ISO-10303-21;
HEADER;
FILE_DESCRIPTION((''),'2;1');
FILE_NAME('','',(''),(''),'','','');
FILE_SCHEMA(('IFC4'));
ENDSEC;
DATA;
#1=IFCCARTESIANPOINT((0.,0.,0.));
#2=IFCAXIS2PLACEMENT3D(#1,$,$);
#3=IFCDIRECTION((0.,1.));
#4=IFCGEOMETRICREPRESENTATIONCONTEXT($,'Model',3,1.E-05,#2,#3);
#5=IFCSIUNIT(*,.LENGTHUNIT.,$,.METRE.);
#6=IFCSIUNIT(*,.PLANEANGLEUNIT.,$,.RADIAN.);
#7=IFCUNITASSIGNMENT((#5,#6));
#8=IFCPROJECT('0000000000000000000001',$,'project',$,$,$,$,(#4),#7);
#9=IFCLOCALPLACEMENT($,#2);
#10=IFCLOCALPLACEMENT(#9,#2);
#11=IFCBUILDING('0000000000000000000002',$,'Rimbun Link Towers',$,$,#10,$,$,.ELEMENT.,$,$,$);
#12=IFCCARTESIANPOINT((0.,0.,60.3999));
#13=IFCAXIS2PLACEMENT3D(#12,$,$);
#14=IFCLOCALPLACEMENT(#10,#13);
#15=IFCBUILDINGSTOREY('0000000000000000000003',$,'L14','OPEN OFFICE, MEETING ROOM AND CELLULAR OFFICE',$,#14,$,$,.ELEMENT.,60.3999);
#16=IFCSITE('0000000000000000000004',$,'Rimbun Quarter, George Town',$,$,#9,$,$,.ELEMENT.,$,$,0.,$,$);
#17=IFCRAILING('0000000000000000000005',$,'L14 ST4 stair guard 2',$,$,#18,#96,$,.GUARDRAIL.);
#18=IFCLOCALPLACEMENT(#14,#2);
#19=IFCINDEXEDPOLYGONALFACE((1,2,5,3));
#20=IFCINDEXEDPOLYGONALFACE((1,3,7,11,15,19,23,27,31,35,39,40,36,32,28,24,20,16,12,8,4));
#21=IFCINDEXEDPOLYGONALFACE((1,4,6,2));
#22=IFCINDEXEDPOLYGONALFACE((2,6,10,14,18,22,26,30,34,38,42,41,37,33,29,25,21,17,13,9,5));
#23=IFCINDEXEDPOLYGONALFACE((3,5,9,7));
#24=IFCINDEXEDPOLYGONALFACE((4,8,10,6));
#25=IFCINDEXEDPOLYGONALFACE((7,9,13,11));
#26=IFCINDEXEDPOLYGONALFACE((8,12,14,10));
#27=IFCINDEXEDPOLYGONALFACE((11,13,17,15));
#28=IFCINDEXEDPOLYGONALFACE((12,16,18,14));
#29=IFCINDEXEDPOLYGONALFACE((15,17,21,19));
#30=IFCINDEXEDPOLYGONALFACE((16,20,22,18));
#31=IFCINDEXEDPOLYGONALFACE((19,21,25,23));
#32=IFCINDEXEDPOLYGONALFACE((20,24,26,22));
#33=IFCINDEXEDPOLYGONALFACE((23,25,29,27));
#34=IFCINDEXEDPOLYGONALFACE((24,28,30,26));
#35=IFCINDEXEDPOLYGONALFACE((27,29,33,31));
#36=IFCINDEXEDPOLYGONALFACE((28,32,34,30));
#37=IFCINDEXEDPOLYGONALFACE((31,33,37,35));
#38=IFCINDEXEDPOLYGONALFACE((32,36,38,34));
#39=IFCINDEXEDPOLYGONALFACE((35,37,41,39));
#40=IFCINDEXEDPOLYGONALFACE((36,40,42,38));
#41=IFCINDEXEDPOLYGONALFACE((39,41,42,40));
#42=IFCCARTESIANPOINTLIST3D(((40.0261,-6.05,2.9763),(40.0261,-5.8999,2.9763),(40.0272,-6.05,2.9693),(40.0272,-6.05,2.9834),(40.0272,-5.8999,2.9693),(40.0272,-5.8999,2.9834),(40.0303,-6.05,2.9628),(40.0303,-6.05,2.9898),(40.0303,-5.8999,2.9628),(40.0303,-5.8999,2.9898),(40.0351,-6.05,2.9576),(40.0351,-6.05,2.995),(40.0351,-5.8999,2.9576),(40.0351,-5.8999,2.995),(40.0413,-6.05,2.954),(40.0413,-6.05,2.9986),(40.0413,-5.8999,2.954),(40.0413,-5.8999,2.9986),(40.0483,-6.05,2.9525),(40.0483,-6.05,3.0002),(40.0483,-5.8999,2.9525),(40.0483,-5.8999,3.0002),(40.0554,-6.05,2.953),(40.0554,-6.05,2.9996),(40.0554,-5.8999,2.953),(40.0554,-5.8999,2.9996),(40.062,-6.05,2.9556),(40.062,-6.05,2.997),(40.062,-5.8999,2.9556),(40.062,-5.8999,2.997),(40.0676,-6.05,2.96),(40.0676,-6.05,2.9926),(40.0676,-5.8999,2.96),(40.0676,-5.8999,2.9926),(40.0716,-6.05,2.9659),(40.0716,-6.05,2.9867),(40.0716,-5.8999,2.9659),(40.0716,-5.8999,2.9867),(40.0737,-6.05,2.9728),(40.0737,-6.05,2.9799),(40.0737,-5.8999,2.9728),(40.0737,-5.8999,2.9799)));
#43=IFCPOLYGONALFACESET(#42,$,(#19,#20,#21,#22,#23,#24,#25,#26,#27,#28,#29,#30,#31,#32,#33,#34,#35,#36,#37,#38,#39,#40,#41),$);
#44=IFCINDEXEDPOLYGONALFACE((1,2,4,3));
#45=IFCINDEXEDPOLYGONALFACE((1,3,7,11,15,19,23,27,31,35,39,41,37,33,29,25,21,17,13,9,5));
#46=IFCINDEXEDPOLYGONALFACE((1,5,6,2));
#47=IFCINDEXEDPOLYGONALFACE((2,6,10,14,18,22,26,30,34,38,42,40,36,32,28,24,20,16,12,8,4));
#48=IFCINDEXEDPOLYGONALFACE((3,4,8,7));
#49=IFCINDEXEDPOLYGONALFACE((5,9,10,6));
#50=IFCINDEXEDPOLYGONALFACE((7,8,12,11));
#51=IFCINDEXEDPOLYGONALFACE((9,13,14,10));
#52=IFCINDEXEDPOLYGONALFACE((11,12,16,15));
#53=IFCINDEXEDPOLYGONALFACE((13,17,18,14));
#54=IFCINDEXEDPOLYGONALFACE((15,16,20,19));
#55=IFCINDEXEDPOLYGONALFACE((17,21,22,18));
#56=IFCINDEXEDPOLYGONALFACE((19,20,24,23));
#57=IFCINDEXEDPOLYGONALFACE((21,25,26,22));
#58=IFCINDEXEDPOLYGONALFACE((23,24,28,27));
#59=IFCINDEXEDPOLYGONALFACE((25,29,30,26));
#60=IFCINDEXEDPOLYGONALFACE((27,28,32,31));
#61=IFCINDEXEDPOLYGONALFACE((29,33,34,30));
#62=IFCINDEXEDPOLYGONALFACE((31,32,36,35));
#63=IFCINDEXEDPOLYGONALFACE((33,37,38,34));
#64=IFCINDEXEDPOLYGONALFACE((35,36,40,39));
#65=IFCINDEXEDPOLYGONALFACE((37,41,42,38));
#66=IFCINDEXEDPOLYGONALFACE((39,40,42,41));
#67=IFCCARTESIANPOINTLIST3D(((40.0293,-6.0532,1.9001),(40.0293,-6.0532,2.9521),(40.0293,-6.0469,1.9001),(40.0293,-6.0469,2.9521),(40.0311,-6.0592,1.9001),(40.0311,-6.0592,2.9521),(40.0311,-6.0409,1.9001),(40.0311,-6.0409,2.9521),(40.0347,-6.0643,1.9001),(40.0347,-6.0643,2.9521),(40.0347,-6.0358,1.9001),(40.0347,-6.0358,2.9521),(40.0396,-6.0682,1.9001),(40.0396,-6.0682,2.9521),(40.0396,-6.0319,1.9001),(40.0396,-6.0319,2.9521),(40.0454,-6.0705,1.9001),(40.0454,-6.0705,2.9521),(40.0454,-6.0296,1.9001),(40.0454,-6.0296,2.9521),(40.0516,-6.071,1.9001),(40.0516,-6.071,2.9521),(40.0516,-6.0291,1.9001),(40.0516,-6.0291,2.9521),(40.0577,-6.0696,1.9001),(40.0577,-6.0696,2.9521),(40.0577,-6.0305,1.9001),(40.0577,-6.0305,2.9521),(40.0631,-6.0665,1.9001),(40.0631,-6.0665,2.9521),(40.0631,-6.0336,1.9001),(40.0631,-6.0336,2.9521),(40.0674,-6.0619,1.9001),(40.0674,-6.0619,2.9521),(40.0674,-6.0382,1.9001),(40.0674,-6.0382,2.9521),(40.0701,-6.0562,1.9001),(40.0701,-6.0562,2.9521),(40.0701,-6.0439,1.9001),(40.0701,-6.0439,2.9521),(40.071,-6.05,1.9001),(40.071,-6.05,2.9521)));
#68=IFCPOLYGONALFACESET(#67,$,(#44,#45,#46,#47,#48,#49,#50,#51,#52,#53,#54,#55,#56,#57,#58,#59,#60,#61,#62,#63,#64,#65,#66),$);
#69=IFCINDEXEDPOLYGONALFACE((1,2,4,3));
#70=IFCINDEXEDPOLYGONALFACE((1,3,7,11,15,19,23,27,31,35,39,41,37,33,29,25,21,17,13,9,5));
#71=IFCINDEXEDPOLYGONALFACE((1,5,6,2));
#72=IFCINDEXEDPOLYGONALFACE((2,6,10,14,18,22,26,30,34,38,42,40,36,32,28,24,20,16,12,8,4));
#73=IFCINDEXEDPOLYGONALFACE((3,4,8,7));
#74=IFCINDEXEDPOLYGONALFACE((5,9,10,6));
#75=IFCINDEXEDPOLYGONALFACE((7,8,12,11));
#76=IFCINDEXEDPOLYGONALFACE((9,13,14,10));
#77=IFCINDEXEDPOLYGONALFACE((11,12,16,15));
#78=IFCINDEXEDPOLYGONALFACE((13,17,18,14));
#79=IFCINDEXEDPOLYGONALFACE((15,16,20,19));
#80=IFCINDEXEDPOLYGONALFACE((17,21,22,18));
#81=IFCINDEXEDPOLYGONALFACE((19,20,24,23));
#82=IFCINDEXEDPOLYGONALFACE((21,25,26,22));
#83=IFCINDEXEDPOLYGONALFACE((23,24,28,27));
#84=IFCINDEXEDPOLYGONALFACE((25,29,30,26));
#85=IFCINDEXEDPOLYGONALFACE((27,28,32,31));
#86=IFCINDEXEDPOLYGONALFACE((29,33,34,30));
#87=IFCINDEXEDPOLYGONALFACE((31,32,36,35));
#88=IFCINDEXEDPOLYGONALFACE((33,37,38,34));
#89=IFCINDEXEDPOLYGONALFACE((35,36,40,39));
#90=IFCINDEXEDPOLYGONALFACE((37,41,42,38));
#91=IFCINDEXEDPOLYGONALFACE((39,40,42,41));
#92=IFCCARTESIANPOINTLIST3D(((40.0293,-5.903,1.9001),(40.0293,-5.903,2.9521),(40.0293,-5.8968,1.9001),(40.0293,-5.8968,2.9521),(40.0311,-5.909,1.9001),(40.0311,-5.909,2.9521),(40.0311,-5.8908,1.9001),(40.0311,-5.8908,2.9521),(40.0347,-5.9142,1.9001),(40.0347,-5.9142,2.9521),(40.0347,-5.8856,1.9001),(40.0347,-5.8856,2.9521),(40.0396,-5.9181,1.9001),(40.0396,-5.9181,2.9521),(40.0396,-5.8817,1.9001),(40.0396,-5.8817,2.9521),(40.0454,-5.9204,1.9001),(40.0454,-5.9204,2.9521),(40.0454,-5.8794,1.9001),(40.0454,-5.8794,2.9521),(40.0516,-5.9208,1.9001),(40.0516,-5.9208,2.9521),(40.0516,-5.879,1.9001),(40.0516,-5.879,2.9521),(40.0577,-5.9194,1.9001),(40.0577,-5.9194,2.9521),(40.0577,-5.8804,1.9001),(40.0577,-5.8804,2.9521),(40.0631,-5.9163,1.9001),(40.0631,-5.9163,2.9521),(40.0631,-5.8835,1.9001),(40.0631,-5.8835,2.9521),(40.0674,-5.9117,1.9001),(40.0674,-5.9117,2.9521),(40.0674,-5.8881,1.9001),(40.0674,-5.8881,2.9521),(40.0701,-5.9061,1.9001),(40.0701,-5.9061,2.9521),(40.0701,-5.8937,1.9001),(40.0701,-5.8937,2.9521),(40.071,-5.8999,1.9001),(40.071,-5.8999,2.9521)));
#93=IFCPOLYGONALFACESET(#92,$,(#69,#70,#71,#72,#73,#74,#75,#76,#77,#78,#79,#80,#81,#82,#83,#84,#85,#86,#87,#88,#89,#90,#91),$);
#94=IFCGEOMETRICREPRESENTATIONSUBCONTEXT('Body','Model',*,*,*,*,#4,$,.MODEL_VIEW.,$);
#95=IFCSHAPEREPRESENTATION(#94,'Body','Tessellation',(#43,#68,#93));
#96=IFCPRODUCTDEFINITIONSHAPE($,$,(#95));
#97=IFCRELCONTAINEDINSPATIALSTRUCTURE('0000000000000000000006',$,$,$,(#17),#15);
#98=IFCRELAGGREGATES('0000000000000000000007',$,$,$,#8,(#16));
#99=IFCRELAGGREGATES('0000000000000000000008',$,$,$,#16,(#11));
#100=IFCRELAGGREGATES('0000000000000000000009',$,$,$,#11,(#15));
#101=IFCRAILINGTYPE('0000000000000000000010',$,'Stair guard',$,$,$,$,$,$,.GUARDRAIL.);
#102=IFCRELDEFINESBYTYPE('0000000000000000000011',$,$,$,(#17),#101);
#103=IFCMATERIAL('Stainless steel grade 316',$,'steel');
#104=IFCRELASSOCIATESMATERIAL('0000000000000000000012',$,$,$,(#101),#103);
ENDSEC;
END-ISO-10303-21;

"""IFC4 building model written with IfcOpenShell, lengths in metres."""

from ifc_helpers import new_model, si_unit, direction, frame, origin, origin_2d, place, context, subcontext, project, spatial, circle, extrude, material, type_object, element, save


model = new_model("IFC4")

# Units and contexts
model_context = context("Model", 3, precision=1e-05, world=origin(), true_north=direction((0.0, 1.0)))
body_context = subcontext(model_context, "Body", "Model", "MODEL_VIEW")
ifc_project = project(units=[si_unit("LENGTHUNIT", "METRE"), si_unit("PLANEANGLEUNIT", "RADIAN")], contexts=[model_context])

# Site, building, storey
site_placement = place(None, origin())
site = spatial("IfcSite", under=ifc_project, at=site_placement, Name="Rimbun Quarter, George Town", CompositionType="ELEMENT", RefElevation=0.0)
building_placement = place(site_placement, origin())
building = spatial("IfcBuilding", under=site, at=building_placement, Name="Rimbun Link Towers", CompositionType="ELEMENT")
storey_placement = place(building_placement, frame((0.0, 0.0, 60.3999)))
storey = spatial("IfcBuildingStorey", under=building, at=storey_placement, Name="L14", Description="OPEN OFFICE, MEETING ROOM AND CELLULAR OFFICE", CompositionType="ELEMENT", Elevation=60.3999)

# Railing
ifc_material_1 = material(Name="Stainless steel grade 316", Category="steel")
railing_type_1 = type_object("IfcRailingType", Name="Stair guard", PredefinedType="GUARDRAIL", material=ifc_material_1)
railing_1_placement = place(storey_placement, frame((40.05, -6.05, 1.9001)))
element("IfcRailing", 1, at=railing_1_placement, inside=storey, type_object=railing_type_1, Name="L14 ST4 stair guard 2", PredefinedType="GUARDRAIL", context=body_context, shape_type="SweptSolid", body=[
    extrude(circle(Radius=0.0239, at=origin_2d()), frame((0.0, 0.0, 1.0762), z_axis=(0.0, 1.0, 0.0), x_axis=(-1.0, 0.0, 0.0)), (0.0, 0.0, 1.0), 0.1501),
    extrude(circle(Radius=0.021, at=origin_2d()), origin(), (0.0, 0.0, 1.0), 1.052),
    extrude(circle(Radius=0.021, at=origin_2d()), frame((0.0, 0.1501, 0.0)), (0.0, 0.0, 1.0), 1.052),
])

save(model, "model.ifc")
